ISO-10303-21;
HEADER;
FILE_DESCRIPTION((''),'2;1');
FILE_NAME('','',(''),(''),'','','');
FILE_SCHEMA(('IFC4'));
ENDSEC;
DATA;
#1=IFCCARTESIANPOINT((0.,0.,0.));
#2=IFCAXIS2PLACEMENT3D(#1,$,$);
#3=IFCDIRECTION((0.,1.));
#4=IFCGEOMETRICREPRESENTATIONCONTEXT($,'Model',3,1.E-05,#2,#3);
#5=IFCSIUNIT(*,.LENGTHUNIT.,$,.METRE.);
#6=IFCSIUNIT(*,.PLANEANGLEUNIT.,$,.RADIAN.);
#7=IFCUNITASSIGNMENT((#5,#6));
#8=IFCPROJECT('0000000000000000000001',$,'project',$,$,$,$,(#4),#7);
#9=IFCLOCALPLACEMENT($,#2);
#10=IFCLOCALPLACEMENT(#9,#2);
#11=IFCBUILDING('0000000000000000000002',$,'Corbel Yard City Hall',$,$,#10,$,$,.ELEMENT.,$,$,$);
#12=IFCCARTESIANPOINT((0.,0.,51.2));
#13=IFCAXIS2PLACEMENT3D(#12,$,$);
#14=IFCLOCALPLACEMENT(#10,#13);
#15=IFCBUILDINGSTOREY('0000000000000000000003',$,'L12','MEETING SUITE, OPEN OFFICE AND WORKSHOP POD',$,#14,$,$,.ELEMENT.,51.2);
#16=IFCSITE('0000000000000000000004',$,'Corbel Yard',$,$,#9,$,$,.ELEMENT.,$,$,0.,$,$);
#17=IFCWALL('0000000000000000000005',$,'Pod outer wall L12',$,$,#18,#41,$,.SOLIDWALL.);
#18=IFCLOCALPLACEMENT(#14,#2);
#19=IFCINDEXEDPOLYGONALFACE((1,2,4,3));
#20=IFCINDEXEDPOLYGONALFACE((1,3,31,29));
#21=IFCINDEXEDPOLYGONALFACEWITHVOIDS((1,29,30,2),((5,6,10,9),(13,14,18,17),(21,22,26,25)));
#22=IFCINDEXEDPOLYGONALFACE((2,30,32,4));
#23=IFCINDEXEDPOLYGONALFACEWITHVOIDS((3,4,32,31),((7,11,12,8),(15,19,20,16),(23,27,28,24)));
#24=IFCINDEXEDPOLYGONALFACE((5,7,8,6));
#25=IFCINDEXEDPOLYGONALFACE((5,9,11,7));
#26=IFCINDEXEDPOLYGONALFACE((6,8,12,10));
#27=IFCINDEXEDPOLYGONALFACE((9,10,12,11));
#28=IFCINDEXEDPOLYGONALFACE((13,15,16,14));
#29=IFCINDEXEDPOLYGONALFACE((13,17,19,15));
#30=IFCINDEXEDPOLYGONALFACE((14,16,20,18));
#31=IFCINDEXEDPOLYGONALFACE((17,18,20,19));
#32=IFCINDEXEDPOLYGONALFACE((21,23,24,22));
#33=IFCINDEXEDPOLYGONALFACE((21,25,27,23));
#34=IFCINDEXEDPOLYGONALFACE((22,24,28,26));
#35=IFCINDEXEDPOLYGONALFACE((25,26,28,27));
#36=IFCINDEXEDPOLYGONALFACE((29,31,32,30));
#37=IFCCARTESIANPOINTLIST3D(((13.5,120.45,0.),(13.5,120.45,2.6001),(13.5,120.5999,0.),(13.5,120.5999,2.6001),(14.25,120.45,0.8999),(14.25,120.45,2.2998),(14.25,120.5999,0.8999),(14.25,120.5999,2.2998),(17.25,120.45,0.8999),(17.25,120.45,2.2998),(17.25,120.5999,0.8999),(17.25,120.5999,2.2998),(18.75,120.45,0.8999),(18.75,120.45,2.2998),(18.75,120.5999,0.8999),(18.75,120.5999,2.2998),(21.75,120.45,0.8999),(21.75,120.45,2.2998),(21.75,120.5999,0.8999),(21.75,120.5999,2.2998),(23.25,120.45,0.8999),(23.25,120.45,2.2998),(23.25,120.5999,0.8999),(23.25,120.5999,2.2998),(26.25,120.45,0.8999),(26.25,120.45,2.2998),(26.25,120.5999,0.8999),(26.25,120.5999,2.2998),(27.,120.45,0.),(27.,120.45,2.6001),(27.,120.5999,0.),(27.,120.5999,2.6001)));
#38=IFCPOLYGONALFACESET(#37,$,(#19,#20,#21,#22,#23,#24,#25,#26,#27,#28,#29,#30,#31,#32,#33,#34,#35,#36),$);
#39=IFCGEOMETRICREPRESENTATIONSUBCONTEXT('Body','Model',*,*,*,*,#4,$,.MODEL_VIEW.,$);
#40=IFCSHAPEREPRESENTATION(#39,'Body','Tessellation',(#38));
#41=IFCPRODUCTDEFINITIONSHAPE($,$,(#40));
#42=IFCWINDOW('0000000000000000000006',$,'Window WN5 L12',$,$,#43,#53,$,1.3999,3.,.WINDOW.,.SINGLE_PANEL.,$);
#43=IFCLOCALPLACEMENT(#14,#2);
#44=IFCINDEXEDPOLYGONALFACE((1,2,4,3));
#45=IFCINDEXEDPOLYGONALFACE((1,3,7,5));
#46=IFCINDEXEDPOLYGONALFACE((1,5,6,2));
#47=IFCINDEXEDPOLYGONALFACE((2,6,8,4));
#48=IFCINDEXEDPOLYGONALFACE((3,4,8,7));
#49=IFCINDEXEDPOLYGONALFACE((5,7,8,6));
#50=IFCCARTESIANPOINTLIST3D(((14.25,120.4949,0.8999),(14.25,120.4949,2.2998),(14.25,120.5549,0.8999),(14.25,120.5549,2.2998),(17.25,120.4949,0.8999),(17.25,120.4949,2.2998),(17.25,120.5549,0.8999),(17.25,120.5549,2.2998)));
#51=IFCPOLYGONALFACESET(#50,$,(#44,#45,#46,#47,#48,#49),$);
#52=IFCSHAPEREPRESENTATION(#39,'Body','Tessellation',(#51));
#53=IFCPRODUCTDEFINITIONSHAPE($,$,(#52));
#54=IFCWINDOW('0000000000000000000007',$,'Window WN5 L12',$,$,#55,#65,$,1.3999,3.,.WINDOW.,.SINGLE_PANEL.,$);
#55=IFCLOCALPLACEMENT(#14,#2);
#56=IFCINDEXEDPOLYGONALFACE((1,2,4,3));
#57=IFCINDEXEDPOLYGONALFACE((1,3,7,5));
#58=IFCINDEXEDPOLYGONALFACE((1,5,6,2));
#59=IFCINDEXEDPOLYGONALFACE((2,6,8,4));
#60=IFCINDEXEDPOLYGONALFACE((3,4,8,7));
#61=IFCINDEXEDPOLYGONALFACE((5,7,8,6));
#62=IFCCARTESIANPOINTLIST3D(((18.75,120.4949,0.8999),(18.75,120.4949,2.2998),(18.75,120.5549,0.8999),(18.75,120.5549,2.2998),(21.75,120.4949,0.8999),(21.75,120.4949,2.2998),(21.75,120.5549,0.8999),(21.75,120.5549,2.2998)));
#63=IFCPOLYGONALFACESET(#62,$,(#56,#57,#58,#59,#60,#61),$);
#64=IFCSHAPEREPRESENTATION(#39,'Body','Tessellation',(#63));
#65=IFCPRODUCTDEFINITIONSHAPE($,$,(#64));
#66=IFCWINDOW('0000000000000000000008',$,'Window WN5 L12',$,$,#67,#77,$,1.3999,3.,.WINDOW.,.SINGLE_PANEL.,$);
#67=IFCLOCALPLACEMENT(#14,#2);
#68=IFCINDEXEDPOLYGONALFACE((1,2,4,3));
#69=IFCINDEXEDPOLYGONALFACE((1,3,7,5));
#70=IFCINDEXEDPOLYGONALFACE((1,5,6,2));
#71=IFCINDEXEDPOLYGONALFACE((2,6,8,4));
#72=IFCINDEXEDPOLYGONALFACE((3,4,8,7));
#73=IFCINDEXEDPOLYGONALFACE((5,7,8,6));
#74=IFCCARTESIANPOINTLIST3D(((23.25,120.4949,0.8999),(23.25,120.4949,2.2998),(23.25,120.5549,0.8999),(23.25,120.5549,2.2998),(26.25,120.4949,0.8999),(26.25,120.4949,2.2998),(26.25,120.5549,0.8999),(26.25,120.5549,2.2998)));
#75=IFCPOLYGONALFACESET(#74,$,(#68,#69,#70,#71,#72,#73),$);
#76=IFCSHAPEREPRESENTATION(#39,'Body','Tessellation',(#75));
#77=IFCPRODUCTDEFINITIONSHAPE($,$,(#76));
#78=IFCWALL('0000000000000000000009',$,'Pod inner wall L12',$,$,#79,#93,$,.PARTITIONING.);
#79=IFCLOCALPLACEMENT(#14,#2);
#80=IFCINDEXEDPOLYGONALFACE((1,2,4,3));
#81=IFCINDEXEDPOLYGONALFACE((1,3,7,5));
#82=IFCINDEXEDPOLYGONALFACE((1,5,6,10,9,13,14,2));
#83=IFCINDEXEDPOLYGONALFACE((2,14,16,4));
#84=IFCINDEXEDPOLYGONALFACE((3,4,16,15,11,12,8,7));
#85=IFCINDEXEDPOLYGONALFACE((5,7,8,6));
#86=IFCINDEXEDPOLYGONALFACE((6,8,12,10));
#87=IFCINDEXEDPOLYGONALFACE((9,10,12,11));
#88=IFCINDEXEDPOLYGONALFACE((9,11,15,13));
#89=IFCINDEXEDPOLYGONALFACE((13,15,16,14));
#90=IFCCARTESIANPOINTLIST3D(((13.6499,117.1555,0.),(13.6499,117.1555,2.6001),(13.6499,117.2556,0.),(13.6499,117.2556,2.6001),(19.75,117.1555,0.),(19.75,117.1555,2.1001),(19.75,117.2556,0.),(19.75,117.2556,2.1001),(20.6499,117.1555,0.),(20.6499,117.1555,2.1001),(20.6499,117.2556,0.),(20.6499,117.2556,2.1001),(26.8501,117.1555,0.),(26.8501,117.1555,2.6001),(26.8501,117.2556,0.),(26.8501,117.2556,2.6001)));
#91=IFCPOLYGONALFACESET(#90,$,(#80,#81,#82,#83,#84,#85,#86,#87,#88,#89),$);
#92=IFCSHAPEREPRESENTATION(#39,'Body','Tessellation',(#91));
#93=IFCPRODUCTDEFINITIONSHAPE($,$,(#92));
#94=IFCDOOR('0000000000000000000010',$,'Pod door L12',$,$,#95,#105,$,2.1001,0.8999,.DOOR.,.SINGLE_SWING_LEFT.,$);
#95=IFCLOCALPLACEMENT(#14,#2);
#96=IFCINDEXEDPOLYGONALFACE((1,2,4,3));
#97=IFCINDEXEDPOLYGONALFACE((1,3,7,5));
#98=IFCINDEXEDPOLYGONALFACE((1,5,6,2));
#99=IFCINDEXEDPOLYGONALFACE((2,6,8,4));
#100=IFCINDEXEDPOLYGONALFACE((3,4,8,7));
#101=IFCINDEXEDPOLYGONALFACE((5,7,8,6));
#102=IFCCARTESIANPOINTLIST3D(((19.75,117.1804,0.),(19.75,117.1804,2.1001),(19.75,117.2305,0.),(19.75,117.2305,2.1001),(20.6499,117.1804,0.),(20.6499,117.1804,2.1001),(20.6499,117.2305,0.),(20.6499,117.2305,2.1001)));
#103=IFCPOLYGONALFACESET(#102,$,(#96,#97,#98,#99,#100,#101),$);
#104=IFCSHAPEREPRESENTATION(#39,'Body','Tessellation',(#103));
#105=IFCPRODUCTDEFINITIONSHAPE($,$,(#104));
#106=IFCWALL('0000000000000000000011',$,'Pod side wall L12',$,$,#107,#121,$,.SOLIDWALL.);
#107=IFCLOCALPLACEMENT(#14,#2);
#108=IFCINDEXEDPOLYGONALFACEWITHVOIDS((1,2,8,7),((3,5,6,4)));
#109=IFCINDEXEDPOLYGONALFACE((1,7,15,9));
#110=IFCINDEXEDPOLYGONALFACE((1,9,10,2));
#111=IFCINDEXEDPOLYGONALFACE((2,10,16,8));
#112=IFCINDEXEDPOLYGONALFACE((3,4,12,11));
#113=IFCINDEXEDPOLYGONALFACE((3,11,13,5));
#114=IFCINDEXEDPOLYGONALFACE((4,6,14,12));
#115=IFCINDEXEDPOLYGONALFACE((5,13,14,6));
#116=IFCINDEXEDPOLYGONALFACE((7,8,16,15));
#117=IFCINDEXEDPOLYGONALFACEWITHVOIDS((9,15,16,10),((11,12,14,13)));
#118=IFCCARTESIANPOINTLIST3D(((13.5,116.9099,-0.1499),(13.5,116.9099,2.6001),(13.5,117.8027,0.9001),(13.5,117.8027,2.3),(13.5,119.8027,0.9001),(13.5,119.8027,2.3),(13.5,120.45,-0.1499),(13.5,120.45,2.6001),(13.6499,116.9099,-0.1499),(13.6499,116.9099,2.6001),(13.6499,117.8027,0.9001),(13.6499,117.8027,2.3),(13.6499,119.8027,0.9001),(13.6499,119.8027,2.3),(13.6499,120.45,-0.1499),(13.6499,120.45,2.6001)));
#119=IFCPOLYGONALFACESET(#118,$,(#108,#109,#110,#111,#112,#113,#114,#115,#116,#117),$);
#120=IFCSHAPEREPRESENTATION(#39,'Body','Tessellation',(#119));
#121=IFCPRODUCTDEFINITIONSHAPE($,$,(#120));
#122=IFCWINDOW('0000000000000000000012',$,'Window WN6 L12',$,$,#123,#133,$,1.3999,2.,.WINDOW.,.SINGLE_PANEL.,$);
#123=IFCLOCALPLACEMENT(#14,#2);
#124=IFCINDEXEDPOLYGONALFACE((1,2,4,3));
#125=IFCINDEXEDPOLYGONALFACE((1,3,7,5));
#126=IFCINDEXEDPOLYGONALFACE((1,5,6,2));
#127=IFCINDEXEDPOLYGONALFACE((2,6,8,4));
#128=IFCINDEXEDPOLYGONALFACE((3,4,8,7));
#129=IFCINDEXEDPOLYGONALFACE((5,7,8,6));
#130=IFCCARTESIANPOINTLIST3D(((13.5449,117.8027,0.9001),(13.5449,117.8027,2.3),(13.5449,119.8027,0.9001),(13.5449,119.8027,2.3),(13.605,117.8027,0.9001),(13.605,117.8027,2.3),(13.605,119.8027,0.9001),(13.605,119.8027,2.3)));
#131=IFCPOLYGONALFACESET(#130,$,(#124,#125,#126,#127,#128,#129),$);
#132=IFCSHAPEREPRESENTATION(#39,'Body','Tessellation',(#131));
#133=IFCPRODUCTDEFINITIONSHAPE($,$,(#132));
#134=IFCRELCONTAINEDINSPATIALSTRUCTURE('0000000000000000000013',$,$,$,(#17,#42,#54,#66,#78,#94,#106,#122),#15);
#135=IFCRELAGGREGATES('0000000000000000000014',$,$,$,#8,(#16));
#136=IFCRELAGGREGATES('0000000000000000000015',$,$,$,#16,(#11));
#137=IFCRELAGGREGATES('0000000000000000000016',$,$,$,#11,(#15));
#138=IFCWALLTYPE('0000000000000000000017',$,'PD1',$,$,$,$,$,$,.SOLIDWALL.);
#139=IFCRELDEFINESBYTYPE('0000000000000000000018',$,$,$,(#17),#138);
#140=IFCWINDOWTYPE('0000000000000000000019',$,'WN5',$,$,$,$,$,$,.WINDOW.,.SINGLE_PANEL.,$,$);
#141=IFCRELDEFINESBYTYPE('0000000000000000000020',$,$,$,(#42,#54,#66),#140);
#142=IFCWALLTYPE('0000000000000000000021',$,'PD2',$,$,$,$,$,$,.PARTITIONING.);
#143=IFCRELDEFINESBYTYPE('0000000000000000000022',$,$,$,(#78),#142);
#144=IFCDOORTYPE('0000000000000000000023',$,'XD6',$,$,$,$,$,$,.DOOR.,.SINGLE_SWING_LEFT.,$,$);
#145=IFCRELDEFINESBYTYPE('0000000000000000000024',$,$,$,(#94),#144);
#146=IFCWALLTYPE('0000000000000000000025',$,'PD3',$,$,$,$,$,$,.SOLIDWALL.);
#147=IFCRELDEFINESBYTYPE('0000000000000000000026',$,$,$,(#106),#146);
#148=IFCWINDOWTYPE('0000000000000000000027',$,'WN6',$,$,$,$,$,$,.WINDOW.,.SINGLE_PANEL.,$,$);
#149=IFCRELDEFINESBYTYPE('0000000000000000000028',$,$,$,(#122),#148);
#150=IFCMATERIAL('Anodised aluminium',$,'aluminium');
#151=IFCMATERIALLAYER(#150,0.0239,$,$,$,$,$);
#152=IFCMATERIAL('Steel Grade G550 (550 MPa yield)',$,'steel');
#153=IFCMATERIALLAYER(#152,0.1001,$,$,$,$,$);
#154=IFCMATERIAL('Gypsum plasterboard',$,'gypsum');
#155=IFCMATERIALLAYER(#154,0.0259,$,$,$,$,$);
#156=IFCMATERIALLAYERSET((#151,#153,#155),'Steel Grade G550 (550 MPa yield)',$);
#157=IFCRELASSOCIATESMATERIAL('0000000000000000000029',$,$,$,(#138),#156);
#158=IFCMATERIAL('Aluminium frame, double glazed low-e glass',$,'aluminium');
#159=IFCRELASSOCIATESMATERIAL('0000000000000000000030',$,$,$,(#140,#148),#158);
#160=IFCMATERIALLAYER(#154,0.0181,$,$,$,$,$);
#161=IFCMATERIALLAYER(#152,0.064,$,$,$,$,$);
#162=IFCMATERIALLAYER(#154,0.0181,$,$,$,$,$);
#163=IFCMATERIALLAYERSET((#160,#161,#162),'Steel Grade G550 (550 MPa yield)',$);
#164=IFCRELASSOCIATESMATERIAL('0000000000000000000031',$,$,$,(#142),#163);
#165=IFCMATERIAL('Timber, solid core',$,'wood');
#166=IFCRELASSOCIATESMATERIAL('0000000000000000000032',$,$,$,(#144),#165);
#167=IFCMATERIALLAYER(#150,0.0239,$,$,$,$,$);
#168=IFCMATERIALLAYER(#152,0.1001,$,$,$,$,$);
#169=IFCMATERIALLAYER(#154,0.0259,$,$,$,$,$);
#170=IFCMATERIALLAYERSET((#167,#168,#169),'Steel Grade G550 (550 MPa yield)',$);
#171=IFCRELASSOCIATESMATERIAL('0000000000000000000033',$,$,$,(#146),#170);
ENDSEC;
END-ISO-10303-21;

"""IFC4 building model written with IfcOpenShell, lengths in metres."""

from ifc_helpers import new_model, si_unit, direction, frame, frame_2d, origin, place, context, subcontext, project, spatial, rectangle, extrude, material, layer, layer_set, type_object, element, fill, save


model = new_model("IFC4")

# Units and contexts
model_context = context("Model", 3, precision=1e-05, world=origin(), true_north=direction((0.0, 1.0)))
body_context = subcontext(model_context, "Body", "Model", "MODEL_VIEW")
ifc_project = project(units=[si_unit("LENGTHUNIT", "METRE"), si_unit("PLANEANGLEUNIT", "RADIAN")], contexts=[model_context])

# Site, building, storey
site_placement = place(None, origin())
site = spatial("IfcSite", under=ifc_project, at=site_placement, Name="Corbel Yard", CompositionType="ELEMENT", RefElevation=0.0)
building_placement = place(site_placement, origin())
building = spatial("IfcBuilding", under=site, at=building_placement, Name="Corbel Yard City Hall", CompositionType="ELEMENT")
storey_placement = place(building_placement, frame((0.0, 0.0, 51.2)))
storey = spatial("IfcBuildingStorey", under=building, at=storey_placement, Name="L12", Description="MEETING SUITE, OPEN OFFICE AND WORKSHOP POD", CompositionType="ELEMENT", Elevation=51.2)

# Wall, openings, windows
ifc_material_1 = material(Name="Anodised aluminium", Category="aluminium")
ifc_layer_1 = layer(ifc_material_1, 0.0239)
ifc_material_2 = material(Name="Steel Grade G550 (550 MPa yield)", Category="steel")
ifc_layer_2 = layer(ifc_material_2, 0.1001)
ifc_material_3 = material(Name="Gypsum plasterboard", Category="gypsum")
ifc_layer_3 = layer(ifc_material_3, 0.0259)
ifc_layer_set_1 = layer_set([ifc_layer_1, ifc_layer_2, ifc_layer_3], Name="Steel Grade G550 (550 MPa yield)")
wall_type_1 = type_object("IfcWallType", Name="PD1", PredefinedType="SOLIDWALL", material=ifc_layer_set_1)
wall_1_placement = place(storey_placement, frame((13.5, 120.5249, 0.0), z_axis=(0.0, 0.0, 1.0), x_axis=(1.0, 0.0, 0.0)))
wall_1 = element("IfcWall", 1, at=wall_1_placement, inside=storey, type_object=wall_type_1, Name="Pod outer wall L12", PredefinedType="SOLIDWALL", context=body_context, shape_type="SweptSolid", body=[
    extrude(rectangle(XDim=13.5, YDim=0.1499, at=frame_2d((6.75, 0.0))), origin(), (0.0, 0.0, 1.0), 2.6001),
])
opening_1_placement = place(wall_1_placement, frame((0.75, 0.0, 0.8999)))
opening_1 = element("IfcOpeningElement", 2, at=opening_1_placement, cuts=wall_1, PredefinedType="OPENING", context=body_context, shape_type="SweptSolid", body=[
    extrude(rectangle(XDim=3.0, YDim=1.3999, at=frame_2d((1.5, 0.7))), frame((0.0, 0.085, 0.0), z_axis=(0.0, -1.0, 0.0), x_axis=(1.0, 0.0, 0.0)), (0.0, 0.0, 1.0), 0.1699),
])
opening_2_placement = place(wall_1_placement, frame((5.25, 0.0, 0.8999)))
opening_2 = element("IfcOpeningElement", 3, at=opening_2_placement, cuts=wall_1, PredefinedType="OPENING", context=body_context, shape_type="SweptSolid", body=[
    extrude(rectangle(XDim=3.0, YDim=1.3999, at=frame_2d((1.5, 0.7))), frame((0.0, 0.085, 0.0), z_axis=(0.0, -1.0, 0.0), x_axis=(1.0, 0.0, 0.0)), (0.0, 0.0, 1.0), 0.1699),
])
opening_3_placement = place(wall_1_placement, frame((9.75, 0.0, 0.8999)))
opening_3 = element("IfcOpeningElement", 4, at=opening_3_placement, cuts=wall_1, PredefinedType="OPENING", context=body_context, shape_type="SweptSolid", body=[
    extrude(rectangle(XDim=3.0, YDim=1.3999, at=frame_2d((1.5, 0.7))), frame((0.0, 0.085, 0.0), z_axis=(0.0, -1.0, 0.0), x_axis=(1.0, 0.0, 0.0)), (0.0, 0.0, 1.0), 0.1699),
])
ifc_material_4 = material(Name="Aluminium frame, double glazed low-e glass", Category="aluminium")
window_type_1 = type_object("IfcWindowType", Name="WN5", PartitioningType="SINGLE_PANEL", PredefinedType="WINDOW", material=ifc_material_4)
window_1_placement = place(opening_1_placement, origin())
window_1 = element("IfcWindow", 5, at=window_1_placement, inside=storey, type_object=window_type_1, Name="Window WN5 L12", OverallHeight=1.3999, OverallWidth=3.0, PartitioningType="SINGLE_PANEL", PredefinedType="WINDOW", context=body_context, shape_type="SweptSolid", body=[
    extrude(rectangle(XDim=3.0, YDim=1.3999, at=frame_2d((1.5, 0.7))), frame((0.0, 0.03, 0.0), z_axis=(0.0, -1.0, 0.0), x_axis=(1.0, 0.0, 0.0)), (0.0, 0.0, 1.0), 0.0601),
])
fill(opening_1, window_1)
window_2_placement = place(opening_2_placement, origin())
window_2 = element("IfcWindow", 6, at=window_2_placement, inside=storey, type_object=window_type_1, Name="Window WN5 L12", OverallHeight=1.3999, OverallWidth=3.0, PartitioningType="SINGLE_PANEL", PredefinedType="WINDOW", context=body_context, shape_type="SweptSolid", body=[
    extrude(rectangle(XDim=3.0, YDim=1.3999, at=frame_2d((1.5, 0.7))), frame((0.0, 0.03, 0.0), z_axis=(0.0, -1.0, 0.0), x_axis=(1.0, 0.0, 0.0)), (0.0, 0.0, 1.0), 0.0601),
])
fill(opening_2, window_2)
window_3_placement = place(opening_3_placement, origin())
window_3 = element("IfcWindow", 7, at=window_3_placement, inside=storey, type_object=window_type_1, Name="Window WN5 L12", OverallHeight=1.3999, OverallWidth=3.0, PartitioningType="SINGLE_PANEL", PredefinedType="WINDOW", context=body_context, shape_type="SweptSolid", body=[
    extrude(rectangle(XDim=3.0, YDim=1.3999, at=frame_2d((1.5, 0.7))), frame((0.0, 0.03, 0.0), z_axis=(0.0, -1.0, 0.0), x_axis=(1.0, 0.0, 0.0)), (0.0, 0.0, 1.0), 0.0601),
])
fill(opening_3, window_3)

# Wall, opening, door
ifc_layer_4 = layer(ifc_material_3, 0.0181)
ifc_layer_5 = layer(ifc_material_2, 0.064)
ifc_layer_6 = layer(ifc_material_3, 0.0181)
ifc_layer_set_2 = layer_set([ifc_layer_4, ifc_layer_5, ifc_layer_6], Name="Steel Grade G550 (550 MPa yield)")
wall_type_2 = type_object("IfcWallType", Name="PD2", PredefinedType="PARTITIONING", material=ifc_layer_set_2)
wall_2_placement = place(storey_placement, frame((13.6499, 117.2056, 0.0), z_axis=(0.0, 0.0, 1.0), x_axis=(1.0, 0.0, 0.0)))
wall_2 = element("IfcWall", 8, at=wall_2_placement, inside=storey, type_object=wall_type_2, Name="Pod inner wall L12", PredefinedType="PARTITIONING", context=body_context, shape_type="SweptSolid", body=[
    extrude(rectangle(XDim=13.2002, YDim=0.1001, at=frame_2d((6.6001, 0.0))), origin(), (0.0, 0.0, 1.0), 2.6001),
])
opening_4_placement = place(wall_2_placement, frame((6.1001, 0.0, 0.0)))
opening_4 = element("IfcOpeningElement", 9, at=opening_4_placement, cuts=wall_2, PredefinedType="OPENING", context=body_context, shape_type="SweptSolid", body=[
    extrude(rectangle(XDim=0.8999, YDim=2.1001, at=frame_2d((0.45, 1.05))), frame((0.0, 0.0601, 0.0), z_axis=(0.0, -1.0, 0.0), x_axis=(1.0, 0.0, 0.0)), (0.0, 0.0, 1.0), 0.1201),
])
ifc_material_5 = material(Name="Timber, solid core", Category="wood")
door_type_1 = type_object("IfcDoorType", Name="XD6", OperationType="SINGLE_SWING_LEFT", PredefinedType="DOOR", material=ifc_material_5)
door_1_placement = place(opening_4_placement, origin())
door_1 = element("IfcDoor", 10, at=door_1_placement, inside=storey, type_object=door_type_1, Name="Pod door L12", OperationType="SINGLE_SWING_LEFT", OverallHeight=2.1001, OverallWidth=0.8999, PredefinedType="DOOR", context=body_context, shape_type="SweptSolid", body=[
    extrude(rectangle(XDim=0.8999, YDim=2.1001, at=frame_2d((0.45, 1.05))), frame((0.0, 0.0249, 0.0), z_axis=(0.0, -1.0, 0.0), x_axis=(1.0, 0.0, 0.0)), (0.0, 0.0, 1.0), 0.05),
])
fill(opening_4, door_1)

# Wall, opening, window
ifc_layer_7 = layer(ifc_material_1, 0.0239)
ifc_layer_8 = layer(ifc_material_2, 0.1001)
ifc_layer_9 = layer(ifc_material_3, 0.0259)
ifc_layer_set_3 = layer_set([ifc_layer_7, ifc_layer_8, ifc_layer_9], Name="Steel Grade G550 (550 MPa yield)")
wall_type_3 = type_object("IfcWallType", Name="PD3", PredefinedType="SOLIDWALL", material=ifc_layer_set_3)
wall_3_placement = place(storey_placement, frame((13.575, 120.45, -0.1499), z_axis=(0.0, 0.0, 1.0), x_axis=(0.0, -1.0, 0.0)))
wall_3 = element("IfcWall", 11, at=wall_3_placement, inside=storey, type_object=wall_type_3, Name="Pod side wall L12", PredefinedType="SOLIDWALL", context=body_context, shape_type="SweptSolid", body=[
    extrude(rectangle(XDim=3.54, YDim=0.1499, at=frame_2d((1.77, 0.0))), origin(), (0.0, 0.0, 1.0), 2.75),
])
opening_5_placement = place(wall_3_placement, frame((0.6472, 0.0, 1.05)))
opening_5 = element("IfcOpeningElement", 12, at=opening_5_placement, cuts=wall_3, PredefinedType="OPENING", context=body_context, shape_type="SweptSolid", body=[
    extrude(rectangle(XDim=2.0, YDim=1.3999, at=frame_2d((1.0, 0.7))), frame((0.0, 0.085, 0.0), z_axis=(0.0, -1.0, 0.0), x_axis=(1.0, 0.0, 0.0)), (0.0, 0.0, 1.0), 0.1699),
])
window_type_2 = type_object("IfcWindowType", Name="WN6", PartitioningType="SINGLE_PANEL", PredefinedType="WINDOW", material=ifc_material_4)
window_4_placement = place(opening_5_placement, origin())
window_4 = element("IfcWindow", 13, at=window_4_placement, inside=storey, type_object=window_type_2, Name="Window WN6 L12", OverallHeight=1.3999, OverallWidth=2.0, PartitioningType="SINGLE_PANEL", PredefinedType="WINDOW", context=body_context, shape_type="SweptSolid", body=[
    extrude(rectangle(XDim=2.0, YDim=1.3999, at=frame_2d((1.0, 0.7))), frame((0.0, 0.03, 0.0), z_axis=(0.0, -1.0, 0.0), x_axis=(1.0, 0.0, 0.0)), (0.0, 0.0, 1.0), 0.0601),
])
fill(opening_5, window_4)

save(model, "model.ifc")
